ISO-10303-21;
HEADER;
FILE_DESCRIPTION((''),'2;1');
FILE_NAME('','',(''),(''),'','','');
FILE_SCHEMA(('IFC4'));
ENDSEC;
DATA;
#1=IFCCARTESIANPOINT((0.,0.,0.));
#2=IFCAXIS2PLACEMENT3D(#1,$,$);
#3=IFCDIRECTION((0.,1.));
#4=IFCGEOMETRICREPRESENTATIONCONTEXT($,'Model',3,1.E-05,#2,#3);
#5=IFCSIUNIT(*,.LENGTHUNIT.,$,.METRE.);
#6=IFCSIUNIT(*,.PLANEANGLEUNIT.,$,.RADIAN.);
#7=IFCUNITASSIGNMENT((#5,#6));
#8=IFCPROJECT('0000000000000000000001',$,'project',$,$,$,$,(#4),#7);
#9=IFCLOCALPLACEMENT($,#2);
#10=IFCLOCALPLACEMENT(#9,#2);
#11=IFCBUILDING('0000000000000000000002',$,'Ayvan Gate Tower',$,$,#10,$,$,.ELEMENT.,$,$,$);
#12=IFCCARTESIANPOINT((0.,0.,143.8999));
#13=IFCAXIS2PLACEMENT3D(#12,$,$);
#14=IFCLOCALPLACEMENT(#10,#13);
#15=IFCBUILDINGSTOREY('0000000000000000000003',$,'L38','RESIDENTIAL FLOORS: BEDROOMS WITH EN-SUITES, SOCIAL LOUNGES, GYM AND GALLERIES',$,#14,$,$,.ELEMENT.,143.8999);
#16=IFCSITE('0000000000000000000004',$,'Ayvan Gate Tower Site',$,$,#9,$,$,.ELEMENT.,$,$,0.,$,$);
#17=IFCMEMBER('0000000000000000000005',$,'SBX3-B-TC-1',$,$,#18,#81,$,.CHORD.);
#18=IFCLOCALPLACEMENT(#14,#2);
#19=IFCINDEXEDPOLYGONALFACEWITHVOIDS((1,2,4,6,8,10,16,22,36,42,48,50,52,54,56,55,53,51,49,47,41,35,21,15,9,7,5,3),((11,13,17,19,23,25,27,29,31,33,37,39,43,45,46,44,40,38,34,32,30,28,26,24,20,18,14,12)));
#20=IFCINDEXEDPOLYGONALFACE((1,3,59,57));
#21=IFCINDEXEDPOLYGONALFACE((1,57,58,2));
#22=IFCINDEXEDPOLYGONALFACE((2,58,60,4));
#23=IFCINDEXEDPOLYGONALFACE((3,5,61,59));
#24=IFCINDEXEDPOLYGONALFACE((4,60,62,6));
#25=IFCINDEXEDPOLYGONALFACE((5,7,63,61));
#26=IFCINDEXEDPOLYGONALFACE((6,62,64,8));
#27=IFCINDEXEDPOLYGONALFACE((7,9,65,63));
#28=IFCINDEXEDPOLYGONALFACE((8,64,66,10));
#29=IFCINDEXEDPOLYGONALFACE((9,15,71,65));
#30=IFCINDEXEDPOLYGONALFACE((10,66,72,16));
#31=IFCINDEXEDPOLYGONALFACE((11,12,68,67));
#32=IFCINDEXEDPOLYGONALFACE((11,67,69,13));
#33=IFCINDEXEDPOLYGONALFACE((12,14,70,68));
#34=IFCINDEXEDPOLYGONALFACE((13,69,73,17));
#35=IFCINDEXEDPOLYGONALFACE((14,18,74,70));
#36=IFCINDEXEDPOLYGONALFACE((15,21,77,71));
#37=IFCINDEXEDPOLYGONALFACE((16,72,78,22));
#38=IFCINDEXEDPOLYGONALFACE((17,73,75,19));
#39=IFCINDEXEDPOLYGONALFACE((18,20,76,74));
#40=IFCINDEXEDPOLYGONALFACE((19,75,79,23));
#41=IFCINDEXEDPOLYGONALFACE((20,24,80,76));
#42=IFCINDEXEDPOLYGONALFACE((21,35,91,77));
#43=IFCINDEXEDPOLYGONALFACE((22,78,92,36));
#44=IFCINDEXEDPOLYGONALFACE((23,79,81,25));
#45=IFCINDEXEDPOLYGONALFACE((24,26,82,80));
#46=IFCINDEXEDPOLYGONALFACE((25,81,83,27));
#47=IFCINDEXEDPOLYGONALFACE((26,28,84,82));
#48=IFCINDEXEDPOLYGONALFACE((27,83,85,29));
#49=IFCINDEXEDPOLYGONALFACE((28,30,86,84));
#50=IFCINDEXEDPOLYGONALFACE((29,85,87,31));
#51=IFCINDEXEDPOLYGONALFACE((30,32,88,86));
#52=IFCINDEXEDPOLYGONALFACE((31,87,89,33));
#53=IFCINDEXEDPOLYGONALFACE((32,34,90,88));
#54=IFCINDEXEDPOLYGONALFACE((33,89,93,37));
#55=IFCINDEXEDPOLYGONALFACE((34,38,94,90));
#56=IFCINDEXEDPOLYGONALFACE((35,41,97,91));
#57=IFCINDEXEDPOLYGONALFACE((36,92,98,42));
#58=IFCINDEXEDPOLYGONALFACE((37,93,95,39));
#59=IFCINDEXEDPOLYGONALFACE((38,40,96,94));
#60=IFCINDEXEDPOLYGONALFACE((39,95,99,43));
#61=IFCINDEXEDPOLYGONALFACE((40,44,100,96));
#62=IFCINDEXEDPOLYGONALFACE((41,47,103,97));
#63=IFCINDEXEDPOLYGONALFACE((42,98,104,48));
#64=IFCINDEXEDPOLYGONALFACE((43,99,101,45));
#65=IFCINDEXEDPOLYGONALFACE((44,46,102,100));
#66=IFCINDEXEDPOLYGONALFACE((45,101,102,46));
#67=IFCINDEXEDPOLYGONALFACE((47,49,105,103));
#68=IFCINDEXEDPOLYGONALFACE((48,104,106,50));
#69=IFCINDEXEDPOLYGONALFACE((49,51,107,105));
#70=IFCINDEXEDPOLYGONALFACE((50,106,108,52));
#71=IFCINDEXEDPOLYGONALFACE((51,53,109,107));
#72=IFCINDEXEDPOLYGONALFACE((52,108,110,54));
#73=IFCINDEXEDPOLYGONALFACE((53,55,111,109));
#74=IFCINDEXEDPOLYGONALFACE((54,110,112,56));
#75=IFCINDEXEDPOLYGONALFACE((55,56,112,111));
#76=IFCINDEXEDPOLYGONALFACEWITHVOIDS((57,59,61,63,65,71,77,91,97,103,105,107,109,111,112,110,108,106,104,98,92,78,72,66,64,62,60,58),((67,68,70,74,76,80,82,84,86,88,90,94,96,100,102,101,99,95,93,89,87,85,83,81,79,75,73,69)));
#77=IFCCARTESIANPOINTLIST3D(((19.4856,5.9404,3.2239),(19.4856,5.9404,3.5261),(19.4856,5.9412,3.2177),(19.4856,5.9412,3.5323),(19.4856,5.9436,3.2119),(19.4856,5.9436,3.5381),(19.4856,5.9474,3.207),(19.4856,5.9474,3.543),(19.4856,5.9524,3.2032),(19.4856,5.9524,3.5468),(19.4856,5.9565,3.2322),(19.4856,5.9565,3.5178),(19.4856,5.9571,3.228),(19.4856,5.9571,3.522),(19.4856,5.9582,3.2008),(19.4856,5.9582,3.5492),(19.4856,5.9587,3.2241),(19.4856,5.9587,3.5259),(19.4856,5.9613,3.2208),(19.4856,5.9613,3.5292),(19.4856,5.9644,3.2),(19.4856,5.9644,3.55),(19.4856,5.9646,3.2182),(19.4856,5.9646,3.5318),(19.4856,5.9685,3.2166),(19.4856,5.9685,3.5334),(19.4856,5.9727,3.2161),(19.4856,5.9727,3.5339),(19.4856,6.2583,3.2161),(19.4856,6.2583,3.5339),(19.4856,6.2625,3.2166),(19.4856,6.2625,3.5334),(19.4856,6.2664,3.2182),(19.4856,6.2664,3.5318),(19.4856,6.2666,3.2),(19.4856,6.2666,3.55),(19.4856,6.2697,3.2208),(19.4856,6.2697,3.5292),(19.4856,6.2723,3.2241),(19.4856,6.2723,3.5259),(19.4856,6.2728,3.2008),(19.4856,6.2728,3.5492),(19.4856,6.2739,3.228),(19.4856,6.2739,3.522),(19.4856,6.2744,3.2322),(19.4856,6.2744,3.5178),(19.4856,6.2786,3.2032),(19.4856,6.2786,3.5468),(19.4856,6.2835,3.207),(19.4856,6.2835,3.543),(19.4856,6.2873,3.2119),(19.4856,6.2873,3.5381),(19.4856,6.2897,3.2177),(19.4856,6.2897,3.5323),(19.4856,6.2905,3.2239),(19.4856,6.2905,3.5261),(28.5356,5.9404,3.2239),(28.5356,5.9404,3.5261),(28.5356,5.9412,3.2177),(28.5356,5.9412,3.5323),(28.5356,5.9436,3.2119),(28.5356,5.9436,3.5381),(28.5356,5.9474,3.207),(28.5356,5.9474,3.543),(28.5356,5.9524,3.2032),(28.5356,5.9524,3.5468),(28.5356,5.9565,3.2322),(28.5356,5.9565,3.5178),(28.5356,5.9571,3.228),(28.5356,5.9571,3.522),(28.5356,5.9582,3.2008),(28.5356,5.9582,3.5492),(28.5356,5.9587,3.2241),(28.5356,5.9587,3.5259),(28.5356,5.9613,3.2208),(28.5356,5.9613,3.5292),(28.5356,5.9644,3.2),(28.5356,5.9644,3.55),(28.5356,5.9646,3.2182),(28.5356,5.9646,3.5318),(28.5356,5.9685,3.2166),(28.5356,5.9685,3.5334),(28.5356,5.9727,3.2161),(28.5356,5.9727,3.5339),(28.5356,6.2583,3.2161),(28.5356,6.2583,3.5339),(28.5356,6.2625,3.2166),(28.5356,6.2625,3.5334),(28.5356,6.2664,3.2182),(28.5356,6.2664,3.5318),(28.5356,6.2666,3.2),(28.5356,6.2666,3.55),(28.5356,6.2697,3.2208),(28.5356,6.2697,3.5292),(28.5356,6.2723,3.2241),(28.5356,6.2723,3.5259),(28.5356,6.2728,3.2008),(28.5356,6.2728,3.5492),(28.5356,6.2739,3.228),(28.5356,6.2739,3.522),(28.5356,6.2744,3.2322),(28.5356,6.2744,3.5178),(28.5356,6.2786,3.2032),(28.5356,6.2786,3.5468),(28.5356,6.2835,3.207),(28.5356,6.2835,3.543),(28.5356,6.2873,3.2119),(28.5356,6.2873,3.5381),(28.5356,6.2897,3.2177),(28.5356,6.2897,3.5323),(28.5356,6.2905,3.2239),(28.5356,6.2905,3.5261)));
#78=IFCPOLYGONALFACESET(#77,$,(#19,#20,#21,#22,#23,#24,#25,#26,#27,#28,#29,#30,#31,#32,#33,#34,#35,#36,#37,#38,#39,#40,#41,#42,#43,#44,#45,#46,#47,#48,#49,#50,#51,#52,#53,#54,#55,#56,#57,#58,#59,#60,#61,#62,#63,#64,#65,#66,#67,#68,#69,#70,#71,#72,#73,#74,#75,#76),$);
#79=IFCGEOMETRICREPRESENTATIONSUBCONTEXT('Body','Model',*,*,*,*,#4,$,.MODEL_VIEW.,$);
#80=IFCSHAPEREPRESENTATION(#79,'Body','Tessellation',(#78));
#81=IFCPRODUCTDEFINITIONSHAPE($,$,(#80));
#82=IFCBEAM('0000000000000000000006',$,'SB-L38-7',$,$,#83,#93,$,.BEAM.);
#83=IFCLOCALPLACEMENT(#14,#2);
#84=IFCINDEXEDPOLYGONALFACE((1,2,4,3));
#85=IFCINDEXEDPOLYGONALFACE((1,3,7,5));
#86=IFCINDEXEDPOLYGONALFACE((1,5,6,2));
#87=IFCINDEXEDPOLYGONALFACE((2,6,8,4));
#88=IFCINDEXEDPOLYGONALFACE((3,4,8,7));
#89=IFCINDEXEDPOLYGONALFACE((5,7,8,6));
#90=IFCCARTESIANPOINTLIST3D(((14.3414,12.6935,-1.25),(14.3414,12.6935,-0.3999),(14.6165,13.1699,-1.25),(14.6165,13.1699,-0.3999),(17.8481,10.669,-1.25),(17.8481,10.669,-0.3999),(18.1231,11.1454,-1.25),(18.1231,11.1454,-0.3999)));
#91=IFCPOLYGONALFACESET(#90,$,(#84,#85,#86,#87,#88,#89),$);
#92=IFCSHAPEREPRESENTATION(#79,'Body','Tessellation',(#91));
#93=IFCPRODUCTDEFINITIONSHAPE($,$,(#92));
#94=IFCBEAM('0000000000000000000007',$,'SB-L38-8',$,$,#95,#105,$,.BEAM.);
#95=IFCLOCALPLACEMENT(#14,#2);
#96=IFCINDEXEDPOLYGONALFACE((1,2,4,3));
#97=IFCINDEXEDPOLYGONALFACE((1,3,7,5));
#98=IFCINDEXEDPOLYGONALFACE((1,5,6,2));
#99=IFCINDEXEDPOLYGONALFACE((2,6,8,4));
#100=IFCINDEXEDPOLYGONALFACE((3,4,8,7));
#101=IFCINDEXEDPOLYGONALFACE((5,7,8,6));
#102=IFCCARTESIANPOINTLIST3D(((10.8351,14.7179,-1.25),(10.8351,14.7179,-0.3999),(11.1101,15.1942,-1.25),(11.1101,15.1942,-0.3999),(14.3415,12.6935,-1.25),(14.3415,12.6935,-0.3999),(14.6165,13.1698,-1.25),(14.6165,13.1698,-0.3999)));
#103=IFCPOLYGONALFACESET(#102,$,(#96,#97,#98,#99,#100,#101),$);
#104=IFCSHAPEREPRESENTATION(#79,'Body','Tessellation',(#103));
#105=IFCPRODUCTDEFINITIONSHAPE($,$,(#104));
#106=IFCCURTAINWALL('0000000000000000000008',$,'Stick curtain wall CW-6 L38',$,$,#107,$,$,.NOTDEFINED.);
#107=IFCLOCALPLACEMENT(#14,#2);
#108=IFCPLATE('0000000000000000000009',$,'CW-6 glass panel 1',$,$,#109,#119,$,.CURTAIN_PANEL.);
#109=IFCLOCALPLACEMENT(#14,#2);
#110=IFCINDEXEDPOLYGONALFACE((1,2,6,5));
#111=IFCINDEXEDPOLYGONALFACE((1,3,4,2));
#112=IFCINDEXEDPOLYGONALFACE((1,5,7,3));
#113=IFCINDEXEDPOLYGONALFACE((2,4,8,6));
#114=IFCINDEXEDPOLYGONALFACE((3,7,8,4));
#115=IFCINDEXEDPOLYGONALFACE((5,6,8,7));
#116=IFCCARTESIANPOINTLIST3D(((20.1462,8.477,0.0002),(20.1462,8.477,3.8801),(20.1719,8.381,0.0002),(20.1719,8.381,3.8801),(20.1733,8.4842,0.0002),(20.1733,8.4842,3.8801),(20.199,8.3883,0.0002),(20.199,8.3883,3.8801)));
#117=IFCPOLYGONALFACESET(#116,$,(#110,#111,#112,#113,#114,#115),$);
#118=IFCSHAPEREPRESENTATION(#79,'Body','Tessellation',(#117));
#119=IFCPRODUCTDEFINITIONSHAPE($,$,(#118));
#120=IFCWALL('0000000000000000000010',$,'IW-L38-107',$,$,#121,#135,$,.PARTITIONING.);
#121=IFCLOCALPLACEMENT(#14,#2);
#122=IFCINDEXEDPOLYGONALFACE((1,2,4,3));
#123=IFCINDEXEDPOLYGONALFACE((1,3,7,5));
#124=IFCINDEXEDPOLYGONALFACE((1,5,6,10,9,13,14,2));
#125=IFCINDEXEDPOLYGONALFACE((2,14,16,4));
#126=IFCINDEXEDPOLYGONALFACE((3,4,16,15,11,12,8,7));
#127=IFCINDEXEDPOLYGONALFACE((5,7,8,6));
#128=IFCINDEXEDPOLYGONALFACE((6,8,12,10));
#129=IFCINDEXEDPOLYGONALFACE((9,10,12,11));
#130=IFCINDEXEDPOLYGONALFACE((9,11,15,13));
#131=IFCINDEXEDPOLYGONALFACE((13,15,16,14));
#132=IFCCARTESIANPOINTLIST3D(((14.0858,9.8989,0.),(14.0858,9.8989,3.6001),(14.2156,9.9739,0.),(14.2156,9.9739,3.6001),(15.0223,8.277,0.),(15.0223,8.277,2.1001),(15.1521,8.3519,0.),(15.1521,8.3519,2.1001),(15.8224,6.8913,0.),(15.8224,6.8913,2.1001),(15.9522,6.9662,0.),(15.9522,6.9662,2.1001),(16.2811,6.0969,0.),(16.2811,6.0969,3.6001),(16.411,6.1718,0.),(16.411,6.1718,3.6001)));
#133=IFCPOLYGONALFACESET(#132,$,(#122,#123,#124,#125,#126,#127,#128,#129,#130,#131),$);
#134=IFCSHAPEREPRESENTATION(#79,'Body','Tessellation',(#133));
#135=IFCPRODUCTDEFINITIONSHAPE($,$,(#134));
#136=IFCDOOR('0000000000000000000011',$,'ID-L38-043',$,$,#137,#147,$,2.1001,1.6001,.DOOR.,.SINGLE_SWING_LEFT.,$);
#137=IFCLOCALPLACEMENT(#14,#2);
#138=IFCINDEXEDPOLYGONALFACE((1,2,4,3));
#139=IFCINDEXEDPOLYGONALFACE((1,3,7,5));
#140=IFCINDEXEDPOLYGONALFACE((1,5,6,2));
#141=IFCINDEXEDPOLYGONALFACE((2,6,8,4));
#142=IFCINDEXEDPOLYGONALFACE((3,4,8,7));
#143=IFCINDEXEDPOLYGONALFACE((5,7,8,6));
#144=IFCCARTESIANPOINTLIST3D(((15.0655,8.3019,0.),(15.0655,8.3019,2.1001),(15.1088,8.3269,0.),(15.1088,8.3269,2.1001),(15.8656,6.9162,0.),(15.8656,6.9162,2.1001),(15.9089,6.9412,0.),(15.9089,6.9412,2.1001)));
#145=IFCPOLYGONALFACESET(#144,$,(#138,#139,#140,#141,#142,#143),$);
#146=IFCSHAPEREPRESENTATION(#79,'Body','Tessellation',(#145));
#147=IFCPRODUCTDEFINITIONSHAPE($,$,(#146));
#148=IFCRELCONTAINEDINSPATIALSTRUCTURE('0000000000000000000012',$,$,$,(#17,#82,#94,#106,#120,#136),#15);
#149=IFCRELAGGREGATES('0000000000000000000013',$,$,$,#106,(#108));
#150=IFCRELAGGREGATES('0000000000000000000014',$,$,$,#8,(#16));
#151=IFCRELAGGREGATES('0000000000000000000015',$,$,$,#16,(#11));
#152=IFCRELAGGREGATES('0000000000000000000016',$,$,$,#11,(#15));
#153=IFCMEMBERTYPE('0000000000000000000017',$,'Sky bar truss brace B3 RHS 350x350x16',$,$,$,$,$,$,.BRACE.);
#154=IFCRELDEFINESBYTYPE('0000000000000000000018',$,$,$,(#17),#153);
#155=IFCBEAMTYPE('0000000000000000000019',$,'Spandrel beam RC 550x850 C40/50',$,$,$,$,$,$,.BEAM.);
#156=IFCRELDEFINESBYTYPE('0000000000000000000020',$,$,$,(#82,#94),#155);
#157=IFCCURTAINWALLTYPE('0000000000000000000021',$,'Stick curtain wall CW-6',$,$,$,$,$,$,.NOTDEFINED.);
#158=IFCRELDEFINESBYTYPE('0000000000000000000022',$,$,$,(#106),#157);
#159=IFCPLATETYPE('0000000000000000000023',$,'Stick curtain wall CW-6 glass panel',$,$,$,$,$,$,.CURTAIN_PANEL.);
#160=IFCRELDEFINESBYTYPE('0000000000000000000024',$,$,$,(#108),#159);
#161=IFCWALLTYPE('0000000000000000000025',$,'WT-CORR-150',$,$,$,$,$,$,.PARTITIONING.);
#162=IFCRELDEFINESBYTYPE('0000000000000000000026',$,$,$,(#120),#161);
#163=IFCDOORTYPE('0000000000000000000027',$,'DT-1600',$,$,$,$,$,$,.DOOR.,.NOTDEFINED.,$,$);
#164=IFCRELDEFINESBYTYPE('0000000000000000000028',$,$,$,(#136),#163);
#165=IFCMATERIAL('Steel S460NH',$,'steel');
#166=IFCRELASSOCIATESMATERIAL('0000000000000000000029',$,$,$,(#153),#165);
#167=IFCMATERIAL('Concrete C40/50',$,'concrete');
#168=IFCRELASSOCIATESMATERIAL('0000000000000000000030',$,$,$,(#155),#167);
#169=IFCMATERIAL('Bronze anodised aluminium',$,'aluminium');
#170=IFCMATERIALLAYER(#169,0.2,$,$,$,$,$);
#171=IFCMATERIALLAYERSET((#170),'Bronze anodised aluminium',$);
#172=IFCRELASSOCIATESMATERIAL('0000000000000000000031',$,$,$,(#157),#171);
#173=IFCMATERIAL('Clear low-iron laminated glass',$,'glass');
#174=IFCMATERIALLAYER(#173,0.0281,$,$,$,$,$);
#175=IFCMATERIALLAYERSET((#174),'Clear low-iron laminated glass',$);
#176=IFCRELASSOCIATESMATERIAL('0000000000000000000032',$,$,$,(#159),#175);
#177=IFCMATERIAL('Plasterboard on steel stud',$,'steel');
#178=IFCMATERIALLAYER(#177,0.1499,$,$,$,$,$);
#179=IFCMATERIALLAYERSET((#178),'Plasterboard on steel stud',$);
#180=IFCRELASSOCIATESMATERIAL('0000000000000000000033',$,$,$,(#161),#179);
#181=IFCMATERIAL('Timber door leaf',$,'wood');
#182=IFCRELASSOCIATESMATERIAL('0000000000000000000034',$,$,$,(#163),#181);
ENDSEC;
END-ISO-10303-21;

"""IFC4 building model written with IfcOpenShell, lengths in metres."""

from ifc_helpers import new_model, si_unit, direction, frame, frame_2d, origin, origin_2d, place, context, subcontext, project, spatial, rectangle, hollow_rectangle, extrude, material, layer, layer_set, material_profile, profile_set, type_object, element, fill, aggregate, save


model = new_model("IFC4")

# Units and contexts
model_context = context("Model", 3, precision=1e-05, world=origin(), true_north=direction((0.0, 1.0)))
body_context = subcontext(model_context, "Body", "Model", "MODEL_VIEW")
ifc_project = project(units=[si_unit("LENGTHUNIT", "METRE"), si_unit("PLANEANGLEUNIT", "RADIAN")], contexts=[model_context])

# Site, building, storey
site_placement = place(None, origin())
site = spatial("IfcSite", under=ifc_project, at=site_placement, Name="Ayvan Gate Tower Site", CompositionType="ELEMENT", RefElevation=0.0)
building_placement = place(site_placement, origin())
building = spatial("IfcBuilding", under=site, at=building_placement, Name="Ayvan Gate Tower", CompositionType="ELEMENT")
storey_placement = place(building_placement, frame((0.0, 0.0, 143.8999)))
storey = spatial("IfcBuildingStorey", under=building, at=storey_placement, Name="L38", Description="RESIDENTIAL FLOORS: BEDROOMS WITH EN-SUITES, SOCIAL LOUNGES, GYM AND GALLERIES", CompositionType="ELEMENT", Elevation=143.8999)

# Shared definitions
ifc_material_1 = material(Name="Concrete C40/50", Category="concrete")

# Member
ifc_material_2 = material(Name="Steel S460NH", Category="steel")
ifc_material_profile_1 = material_profile(ifc_material_2, hollow_rectangle(XDim=0.3501, YDim=0.3501, WallThickness=0.0161, InnerFilletRadius=0.0161, OuterFilletRadius=0.0239, at=origin_2d()), Name="RHS 350x350x16")
ifc_profile_set_1 = profile_set([ifc_material_profile_1], Name="Steel S460NH")
member_type_1 = type_object("IfcMemberType", Name="Sky bar truss brace B3 RHS 350x350x16", PredefinedType="BRACE", material=ifc_profile_set_1)
member_1_placement = place(storey_placement, frame((19.4856, 6.1155, 3.375), z_axis=(1.0, 0.0, 0.0), x_axis=(0.0, 1.0, 0.0)))
element("IfcMember", 1, at=member_1_placement, inside=storey, type_object=member_type_1, Name="SBX3-B-TC-1", PredefinedType="CHORD", context=body_context, shape_type="SweptSolid", body=[
    extrude(hollow_rectangle(XDim=0.3501, YDim=0.3501, WallThickness=0.0161, InnerFilletRadius=0.0161, OuterFilletRadius=0.0239, at=origin_2d()), origin(), (0.0, 0.0, 1.0), 9.05),
])

# Beams
ifc_material_profile_2 = material_profile(ifc_material_1, rectangle(XDim=0.55, YDim=0.8501, at=origin_2d()), Name="RC 550x850")
ifc_profile_set_2 = profile_set([ifc_material_profile_2], Name="Concrete C40/50")
beam_type_1 = type_object("IfcBeamType", Name="Spandrel beam RC 550x850 C40/50", PredefinedType="BEAM", material=ifc_profile_set_2)
beam_1_placement = place(storey_placement, frame((17.9856, 10.9072, -0.825), z_axis=(-0.866038, 0.499978, 0.0), x_axis=(-0.499978, -0.866038, 0.0)))
element("IfcBeam", 2, at=beam_1_placement, inside=storey, type_object=beam_type_1, Name="SB-L38-7", PredefinedType="BEAM", context=body_context, shape_type="SweptSolid", body=[
    extrude(rectangle(XDim=0.55, YDim=0.8501, at=origin_2d()), origin(), (0.0, 0.0, 1.0), 4.0491),
])
beam_2_placement = place(storey_placement, frame((14.479, 12.9316, -0.825), z_axis=(-0.866023, 0.500004, 0.0), x_axis=(-0.500004, -0.866023, 0.0)))
element("IfcBeam", 3, at=beam_2_placement, inside=storey, type_object=beam_type_1, Name="SB-L38-8", PredefinedType="BEAM", context=body_context, shape_type="SweptSolid", body=[
    extrude(rectangle(XDim=0.55, YDim=0.8501, at=origin_2d()), origin(), (0.0, 0.0, 1.0), 4.0488),
])

# Curtain wall, plate
ifc_material_3 = material(Name="Bronze anodised aluminium", Category="aluminium")
ifc_layer_1 = layer(ifc_material_3, 0.2)
ifc_layer_set_1 = layer_set([ifc_layer_1], Name="Bronze anodised aluminium")
curtain_wall_type = type_object("IfcCurtainWallType", Name="Stick curtain wall CW-6", PredefinedType="NOTDEFINED", material=ifc_layer_set_1)
curtain_wall_placement = place(storey_placement, origin())
curtain_wall = element("IfcCurtainWall", 4, at=curtain_wall_placement, inside=storey, type_object=curtain_wall_type, Name="Stick curtain wall CW-6 L38", PredefinedType="NOTDEFINED")
ifc_material_4 = material(Name="Clear low-iron laminated glass", Category="glass")
ifc_layer_2 = layer(ifc_material_4, 0.0281)
ifc_layer_set_2 = layer_set([ifc_layer_2], Name="Clear low-iron laminated glass")
plate_type = type_object("IfcPlateType", Name="Stick curtain wall CW-6 glass panel", PredefinedType="CURTAIN_PANEL", material=ifc_layer_set_2)
plate_placement = place(storey_placement, frame((20.1726, 8.4326, 0.0002), z_axis=(0.0, 0.0, 1.0), x_axis=(-0.258819, 0.965926, 0.0)))
plate = element("IfcPlate", 5, at=plate_placement, type_object=plate_type, Name="CW-6 glass panel 1", PredefinedType="CURTAIN_PANEL", context=body_context, shape_type="SweptSolid", body=[
    extrude(rectangle(XDim=0.0994, YDim=0.0281, at=origin_2d()), origin(), (0.0, 0.0, 1.0), 3.8799),
])
aggregate(curtain_wall, [plate])

# Wall, opening, door
ifc_material_5 = material(Name="Plasterboard on steel stud", Category="steel")
ifc_layer_3 = layer(ifc_material_5, 0.1499)
ifc_layer_set_3 = layer_set([ifc_layer_3], Name="Plasterboard on steel stud")
wall_type_1 = type_object("IfcWallType", Name="WT-CORR-150", PredefinedType="PARTITIONING", material=ifc_layer_set_3)
wall_1_placement = place(storey_placement, frame((14.1506, 9.9365, 0.0), z_axis=(0.0, 0.0, 1.0), x_axis=(0.500039, -0.866003, 0.0)))
wall_1 = element("IfcWall", 6, at=wall_1_placement, inside=storey, type_object=wall_type_1, Name="IW-L38-107", PredefinedType="PARTITIONING", context=body_context, shape_type="SweptSolid", body=[
    extrude(rectangle(XDim=4.3904, YDim=0.1499, at=frame_2d((2.1953, 0.0))), origin(), (0.0, 0.0, 1.0), 3.6001),
])
opening_1_placement = place(wall_1_placement, frame((1.873, 0.0, 0.0)))
opening_1 = element("IfcOpeningElement", 7, at=opening_1_placement, cuts=wall_1, PredefinedType="OPENING", context=body_context, shape_type="SweptSolid", body=[
    extrude(rectangle(XDim=1.6001, YDim=2.1001, at=frame_2d((0.8, 1.05))), frame((0.0, 0.085, 0.0), z_axis=(0.0, -1.0, 0.0), x_axis=(1.0, 0.0, 0.0)), (0.0, 0.0, 1.0), 0.1699),
])
ifc_material_6 = material(Name="Timber door leaf", Category="wood")
door_type_1 = type_object("IfcDoorType", Name="DT-1600", OperationType="NOTDEFINED", PredefinedType="DOOR", material=ifc_material_6)
door_1_placement = place(opening_1_placement, origin())
door_1 = element("IfcDoor", 8, at=door_1_placement, inside=storey, type_object=door_type_1, Name="ID-L38-043", OperationType="SINGLE_SWING_LEFT", OverallHeight=2.1001, OverallWidth=1.6001, PredefinedType="DOOR", context=body_context, shape_type="SweptSolid", body=[
    extrude(rectangle(XDim=1.6001, YDim=2.1001, at=frame_2d((0.8, 1.05))), frame((0.0, 0.0249, 0.0), z_axis=(0.0, -1.0, 0.0), x_axis=(1.0, 0.0, 0.0)), (0.0, 0.0, 1.0), 0.05),
])
fill(opening_1, door_1)

save(model, "model.ifc")
